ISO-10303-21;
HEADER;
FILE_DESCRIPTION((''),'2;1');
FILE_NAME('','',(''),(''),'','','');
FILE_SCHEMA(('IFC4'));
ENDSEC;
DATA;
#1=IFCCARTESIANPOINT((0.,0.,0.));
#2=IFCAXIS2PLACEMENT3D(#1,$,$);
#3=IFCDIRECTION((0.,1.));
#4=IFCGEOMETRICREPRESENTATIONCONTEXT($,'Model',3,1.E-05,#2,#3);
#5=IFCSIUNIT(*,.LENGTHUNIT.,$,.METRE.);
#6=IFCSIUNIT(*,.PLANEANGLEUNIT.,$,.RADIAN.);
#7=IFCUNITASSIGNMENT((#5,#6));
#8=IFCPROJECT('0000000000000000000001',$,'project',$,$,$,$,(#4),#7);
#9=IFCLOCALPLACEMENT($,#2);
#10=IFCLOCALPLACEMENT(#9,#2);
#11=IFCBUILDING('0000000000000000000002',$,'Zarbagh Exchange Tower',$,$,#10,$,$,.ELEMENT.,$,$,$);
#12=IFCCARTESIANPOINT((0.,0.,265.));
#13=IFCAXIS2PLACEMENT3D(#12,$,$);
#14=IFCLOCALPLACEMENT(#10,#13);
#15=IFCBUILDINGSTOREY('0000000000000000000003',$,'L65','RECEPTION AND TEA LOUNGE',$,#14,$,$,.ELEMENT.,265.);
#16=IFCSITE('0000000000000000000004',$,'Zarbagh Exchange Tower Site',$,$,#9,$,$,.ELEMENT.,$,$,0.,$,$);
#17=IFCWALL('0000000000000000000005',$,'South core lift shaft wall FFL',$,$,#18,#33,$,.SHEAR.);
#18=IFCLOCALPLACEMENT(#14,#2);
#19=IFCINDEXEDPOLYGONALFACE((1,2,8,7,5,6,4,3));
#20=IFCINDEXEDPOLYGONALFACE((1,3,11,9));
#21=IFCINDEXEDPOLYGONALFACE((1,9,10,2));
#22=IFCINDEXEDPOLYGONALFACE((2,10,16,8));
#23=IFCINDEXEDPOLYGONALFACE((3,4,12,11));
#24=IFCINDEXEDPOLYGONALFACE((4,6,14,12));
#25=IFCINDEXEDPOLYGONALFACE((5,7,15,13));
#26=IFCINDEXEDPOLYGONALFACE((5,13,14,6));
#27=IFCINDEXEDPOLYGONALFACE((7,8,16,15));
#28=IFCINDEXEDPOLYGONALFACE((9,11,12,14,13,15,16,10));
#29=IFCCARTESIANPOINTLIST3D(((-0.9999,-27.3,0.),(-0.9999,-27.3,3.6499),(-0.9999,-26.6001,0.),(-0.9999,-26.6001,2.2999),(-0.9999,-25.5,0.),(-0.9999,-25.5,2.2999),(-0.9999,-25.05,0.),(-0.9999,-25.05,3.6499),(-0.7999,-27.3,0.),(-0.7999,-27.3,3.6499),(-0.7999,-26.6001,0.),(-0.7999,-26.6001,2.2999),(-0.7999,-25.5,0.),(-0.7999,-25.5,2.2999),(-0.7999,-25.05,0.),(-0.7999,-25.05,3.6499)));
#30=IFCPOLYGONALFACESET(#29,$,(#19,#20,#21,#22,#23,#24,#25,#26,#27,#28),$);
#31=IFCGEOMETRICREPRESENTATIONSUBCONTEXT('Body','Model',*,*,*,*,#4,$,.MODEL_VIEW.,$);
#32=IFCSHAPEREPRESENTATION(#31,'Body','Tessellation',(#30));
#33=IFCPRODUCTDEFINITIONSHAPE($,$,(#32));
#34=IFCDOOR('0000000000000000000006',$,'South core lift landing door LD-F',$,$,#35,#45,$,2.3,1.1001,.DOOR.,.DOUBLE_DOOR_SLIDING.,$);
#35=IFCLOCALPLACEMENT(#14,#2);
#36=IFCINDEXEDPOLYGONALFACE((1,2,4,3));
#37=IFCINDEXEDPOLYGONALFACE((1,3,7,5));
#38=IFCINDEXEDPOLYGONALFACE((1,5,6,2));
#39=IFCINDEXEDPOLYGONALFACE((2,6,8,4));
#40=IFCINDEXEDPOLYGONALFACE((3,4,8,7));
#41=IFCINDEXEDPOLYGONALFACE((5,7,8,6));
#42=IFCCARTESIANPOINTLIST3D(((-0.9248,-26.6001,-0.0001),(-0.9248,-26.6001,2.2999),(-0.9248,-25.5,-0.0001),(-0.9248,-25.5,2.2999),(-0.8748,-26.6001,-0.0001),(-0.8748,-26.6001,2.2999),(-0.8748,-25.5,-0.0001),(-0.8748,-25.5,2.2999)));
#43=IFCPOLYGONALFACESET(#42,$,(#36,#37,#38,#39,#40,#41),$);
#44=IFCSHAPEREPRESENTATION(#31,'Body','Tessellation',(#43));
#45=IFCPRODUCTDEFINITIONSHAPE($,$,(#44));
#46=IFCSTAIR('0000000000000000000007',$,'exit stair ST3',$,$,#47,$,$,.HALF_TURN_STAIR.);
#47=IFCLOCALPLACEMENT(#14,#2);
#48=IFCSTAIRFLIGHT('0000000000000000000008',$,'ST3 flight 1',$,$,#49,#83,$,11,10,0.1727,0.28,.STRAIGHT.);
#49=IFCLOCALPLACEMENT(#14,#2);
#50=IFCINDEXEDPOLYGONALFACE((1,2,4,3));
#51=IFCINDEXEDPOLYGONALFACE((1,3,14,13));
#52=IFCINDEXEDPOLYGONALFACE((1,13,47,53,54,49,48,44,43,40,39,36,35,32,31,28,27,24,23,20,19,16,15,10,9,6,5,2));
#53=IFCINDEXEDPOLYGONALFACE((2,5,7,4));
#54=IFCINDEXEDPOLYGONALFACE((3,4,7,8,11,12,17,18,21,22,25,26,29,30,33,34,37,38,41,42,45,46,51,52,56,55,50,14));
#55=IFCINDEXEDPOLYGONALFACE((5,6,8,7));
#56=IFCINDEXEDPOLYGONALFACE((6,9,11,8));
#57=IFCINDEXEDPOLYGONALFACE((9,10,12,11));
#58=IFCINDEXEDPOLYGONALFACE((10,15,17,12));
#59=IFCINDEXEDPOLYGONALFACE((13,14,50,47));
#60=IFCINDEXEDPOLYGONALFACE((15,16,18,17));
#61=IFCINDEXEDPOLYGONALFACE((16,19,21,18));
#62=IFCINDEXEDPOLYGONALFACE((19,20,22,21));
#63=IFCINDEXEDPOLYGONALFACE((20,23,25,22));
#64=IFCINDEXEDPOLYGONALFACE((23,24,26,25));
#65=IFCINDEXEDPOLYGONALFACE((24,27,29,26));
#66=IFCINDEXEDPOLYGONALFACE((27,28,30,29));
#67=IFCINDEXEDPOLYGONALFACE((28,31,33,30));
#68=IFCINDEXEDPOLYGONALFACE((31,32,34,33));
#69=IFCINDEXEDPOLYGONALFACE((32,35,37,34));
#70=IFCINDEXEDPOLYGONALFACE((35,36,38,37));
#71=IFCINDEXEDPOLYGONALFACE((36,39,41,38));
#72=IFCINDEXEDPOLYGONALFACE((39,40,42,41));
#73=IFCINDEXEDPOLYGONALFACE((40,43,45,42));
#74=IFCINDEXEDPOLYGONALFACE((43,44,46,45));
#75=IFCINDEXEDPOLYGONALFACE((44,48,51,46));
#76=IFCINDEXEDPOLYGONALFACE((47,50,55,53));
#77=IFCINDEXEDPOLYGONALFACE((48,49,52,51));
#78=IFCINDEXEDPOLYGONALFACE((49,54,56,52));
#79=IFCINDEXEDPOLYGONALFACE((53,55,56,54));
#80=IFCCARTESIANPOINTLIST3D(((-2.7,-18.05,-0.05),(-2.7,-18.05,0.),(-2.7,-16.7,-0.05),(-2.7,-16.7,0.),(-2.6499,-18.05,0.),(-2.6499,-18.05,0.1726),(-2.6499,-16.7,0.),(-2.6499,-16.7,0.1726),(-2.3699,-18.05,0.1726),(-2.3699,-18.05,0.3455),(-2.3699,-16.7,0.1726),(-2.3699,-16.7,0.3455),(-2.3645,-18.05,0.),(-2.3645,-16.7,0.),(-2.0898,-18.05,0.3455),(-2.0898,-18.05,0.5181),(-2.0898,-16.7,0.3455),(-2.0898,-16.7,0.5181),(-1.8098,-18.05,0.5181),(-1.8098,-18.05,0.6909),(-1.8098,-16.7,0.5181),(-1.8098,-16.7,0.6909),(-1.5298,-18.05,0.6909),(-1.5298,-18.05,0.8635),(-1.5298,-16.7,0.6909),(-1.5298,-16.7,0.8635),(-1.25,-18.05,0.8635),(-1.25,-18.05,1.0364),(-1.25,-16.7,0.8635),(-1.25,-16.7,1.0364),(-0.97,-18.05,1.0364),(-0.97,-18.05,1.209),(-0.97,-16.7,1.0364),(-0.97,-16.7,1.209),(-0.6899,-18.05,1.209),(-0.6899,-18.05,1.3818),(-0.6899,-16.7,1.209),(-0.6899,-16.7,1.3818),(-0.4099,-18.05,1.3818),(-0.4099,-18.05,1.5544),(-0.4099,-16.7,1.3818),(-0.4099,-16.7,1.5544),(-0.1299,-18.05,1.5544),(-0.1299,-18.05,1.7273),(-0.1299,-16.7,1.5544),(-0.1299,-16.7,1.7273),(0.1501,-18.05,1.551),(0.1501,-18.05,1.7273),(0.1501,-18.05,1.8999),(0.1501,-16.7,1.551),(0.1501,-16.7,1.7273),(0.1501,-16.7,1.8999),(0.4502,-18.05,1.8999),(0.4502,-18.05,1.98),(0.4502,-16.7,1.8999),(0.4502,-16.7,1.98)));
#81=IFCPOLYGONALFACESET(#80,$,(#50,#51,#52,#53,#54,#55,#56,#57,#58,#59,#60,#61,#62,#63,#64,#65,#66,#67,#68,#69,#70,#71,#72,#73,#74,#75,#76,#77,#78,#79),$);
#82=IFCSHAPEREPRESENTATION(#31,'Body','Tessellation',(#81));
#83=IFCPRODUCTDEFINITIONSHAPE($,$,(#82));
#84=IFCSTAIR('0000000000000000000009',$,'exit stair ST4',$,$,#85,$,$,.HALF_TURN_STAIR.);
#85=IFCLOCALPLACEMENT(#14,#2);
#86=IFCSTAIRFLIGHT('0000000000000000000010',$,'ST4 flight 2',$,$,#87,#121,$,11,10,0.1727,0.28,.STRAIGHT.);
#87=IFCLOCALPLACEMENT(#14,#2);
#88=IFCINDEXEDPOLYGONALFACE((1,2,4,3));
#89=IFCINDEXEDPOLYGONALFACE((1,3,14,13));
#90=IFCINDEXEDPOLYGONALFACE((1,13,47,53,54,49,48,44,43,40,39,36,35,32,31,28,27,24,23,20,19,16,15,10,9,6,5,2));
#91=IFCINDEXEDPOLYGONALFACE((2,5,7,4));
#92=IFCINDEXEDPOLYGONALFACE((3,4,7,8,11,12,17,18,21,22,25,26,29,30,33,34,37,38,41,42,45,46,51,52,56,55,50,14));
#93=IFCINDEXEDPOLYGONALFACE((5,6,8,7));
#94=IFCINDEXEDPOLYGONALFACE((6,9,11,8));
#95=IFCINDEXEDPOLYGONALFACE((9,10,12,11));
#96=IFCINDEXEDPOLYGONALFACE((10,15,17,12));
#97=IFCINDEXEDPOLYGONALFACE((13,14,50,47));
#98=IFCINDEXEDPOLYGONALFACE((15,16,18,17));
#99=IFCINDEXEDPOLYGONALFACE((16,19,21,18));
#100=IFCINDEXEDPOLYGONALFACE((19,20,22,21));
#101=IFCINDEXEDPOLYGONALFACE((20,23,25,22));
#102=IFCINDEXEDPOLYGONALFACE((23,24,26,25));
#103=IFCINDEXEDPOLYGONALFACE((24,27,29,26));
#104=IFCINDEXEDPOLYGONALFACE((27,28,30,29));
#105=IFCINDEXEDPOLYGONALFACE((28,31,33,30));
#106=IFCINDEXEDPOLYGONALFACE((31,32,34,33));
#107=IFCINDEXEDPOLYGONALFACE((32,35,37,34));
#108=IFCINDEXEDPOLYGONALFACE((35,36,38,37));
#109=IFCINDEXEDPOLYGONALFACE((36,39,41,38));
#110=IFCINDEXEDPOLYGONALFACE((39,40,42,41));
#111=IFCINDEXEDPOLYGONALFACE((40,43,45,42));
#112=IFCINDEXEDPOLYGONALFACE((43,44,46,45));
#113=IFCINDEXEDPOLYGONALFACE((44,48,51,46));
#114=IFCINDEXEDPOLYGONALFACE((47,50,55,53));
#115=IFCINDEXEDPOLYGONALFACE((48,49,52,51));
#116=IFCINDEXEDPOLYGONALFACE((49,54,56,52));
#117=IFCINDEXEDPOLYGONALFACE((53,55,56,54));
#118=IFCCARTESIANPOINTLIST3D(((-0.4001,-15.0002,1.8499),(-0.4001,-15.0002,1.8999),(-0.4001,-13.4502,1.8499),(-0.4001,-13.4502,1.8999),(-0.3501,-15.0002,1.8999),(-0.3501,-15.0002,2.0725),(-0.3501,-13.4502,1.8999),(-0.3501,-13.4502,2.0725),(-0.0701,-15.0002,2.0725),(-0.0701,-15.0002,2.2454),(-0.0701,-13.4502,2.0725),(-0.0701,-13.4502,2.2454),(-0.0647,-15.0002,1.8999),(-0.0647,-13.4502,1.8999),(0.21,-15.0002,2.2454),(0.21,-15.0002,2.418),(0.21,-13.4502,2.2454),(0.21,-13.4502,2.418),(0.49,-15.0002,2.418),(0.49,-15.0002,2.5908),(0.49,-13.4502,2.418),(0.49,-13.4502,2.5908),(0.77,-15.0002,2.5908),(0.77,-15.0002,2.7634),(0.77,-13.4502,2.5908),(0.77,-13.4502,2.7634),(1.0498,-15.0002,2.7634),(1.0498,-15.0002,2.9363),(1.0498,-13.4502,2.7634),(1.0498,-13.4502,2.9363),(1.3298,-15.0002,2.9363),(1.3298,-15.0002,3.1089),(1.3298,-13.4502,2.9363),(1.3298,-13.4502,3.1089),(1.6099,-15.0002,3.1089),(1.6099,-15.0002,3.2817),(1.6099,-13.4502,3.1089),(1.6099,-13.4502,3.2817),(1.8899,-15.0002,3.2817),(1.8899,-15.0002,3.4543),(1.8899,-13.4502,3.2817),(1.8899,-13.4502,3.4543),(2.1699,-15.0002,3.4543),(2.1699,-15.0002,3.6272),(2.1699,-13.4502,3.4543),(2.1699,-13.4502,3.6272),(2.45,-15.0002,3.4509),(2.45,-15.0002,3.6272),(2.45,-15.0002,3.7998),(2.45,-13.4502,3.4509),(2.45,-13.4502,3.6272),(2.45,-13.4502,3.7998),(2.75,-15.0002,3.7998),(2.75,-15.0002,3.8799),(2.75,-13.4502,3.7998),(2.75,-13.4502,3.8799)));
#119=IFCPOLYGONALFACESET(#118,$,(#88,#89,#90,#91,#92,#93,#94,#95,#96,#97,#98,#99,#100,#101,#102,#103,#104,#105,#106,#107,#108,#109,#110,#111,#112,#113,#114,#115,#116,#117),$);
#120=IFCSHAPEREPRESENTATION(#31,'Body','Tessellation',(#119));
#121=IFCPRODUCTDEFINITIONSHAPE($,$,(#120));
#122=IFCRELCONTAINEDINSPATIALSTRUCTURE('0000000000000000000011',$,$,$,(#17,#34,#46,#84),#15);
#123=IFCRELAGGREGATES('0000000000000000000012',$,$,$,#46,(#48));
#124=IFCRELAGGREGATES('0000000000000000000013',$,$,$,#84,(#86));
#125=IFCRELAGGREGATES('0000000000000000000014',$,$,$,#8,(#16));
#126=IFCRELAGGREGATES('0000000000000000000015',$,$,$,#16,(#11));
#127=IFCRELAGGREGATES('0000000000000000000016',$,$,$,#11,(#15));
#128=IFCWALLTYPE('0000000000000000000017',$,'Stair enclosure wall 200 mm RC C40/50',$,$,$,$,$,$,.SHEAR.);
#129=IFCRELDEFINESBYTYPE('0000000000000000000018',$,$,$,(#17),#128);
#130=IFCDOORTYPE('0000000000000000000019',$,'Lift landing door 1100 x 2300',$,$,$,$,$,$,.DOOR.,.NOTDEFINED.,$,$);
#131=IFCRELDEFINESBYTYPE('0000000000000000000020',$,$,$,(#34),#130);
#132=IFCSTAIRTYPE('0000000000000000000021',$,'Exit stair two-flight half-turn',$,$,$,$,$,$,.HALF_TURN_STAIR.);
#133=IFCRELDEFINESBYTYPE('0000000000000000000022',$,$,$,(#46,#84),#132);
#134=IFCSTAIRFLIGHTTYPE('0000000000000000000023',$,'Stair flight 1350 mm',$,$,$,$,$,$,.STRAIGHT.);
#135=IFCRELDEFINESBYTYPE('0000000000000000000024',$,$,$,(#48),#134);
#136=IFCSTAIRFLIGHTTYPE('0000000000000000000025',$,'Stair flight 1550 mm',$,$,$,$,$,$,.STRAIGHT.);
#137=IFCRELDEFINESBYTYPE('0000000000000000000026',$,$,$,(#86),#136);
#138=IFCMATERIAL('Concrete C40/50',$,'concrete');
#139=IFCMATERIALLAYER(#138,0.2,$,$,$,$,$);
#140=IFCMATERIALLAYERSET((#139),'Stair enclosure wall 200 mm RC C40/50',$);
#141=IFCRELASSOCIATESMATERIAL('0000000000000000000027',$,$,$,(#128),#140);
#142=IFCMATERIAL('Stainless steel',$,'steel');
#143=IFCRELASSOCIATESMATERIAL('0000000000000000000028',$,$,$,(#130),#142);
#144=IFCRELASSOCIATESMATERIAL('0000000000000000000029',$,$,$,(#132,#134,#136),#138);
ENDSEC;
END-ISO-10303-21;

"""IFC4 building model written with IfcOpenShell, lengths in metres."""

from ifc_helpers import new_model, si_unit, direction, frame, frame_2d, origin, place, context, subcontext, project, spatial, polyline, rectangle, outline, extrude, material, layer, layer_set, type_object, element, fill, aggregate, save


model = new_model("IFC4")

# Units and contexts
model_context = context("Model", 3, precision=1e-05, world=origin(), true_north=direction((0.0, 1.0)))
body_context = subcontext(model_context, "Body", "Model", "MODEL_VIEW")
ifc_project = project(units=[si_unit("LENGTHUNIT", "METRE"), si_unit("PLANEANGLEUNIT", "RADIAN")], contexts=[model_context])

# Site, building, storey
site_placement = place(None, origin())
site = spatial("IfcSite", under=ifc_project, at=site_placement, Name="Zarbagh Exchange Tower Site", CompositionType="ELEMENT", RefElevation=0.0)
building_placement = place(site_placement, origin())
building = spatial("IfcBuilding", under=site, at=building_placement, Name="Zarbagh Exchange Tower", CompositionType="ELEMENT")
storey_placement = place(building_placement, frame((0.0, 0.0, 265.0)))
storey = spatial("IfcBuildingStorey", under=building, at=storey_placement, Name="L65", Description="RECEPTION AND TEA LOUNGE", CompositionType="ELEMENT", Elevation=265.0)

# Shared definitions
ifc_material_1 = material(Name="Concrete C40/50", Category="concrete")

# Wall, opening, door
ifc_layer_1 = layer(ifc_material_1, 0.2)
ifc_layer_set_1 = layer_set([ifc_layer_1], Name="Stair enclosure wall 200 mm RC C40/50")
wall_type_1 = type_object("IfcWallType", Name="Stair enclosure wall 200 mm RC C40/50", PredefinedType="SHEAR", material=ifc_layer_set_1)
wall_1_placement = place(storey_placement, frame((-0.8999, -27.3, 0.0), z_axis=(0.0, 0.0, 1.0), x_axis=(0.0, 1.0, 0.0)))
wall_1 = element("IfcWall", 1, at=wall_1_placement, inside=storey, type_object=wall_type_1, Name="South core lift shaft wall FFL", PredefinedType="SHEAR", context=body_context, shape_type="SweptSolid", body=[
    extrude(rectangle(XDim=2.25, YDim=0.2, at=frame_2d((1.125, 0.0))), origin(), (0.0, 0.0, 1.0), 3.6499),
])
opening_1_placement = place(wall_1_placement, frame((0.7, 0.0, 0.0)))
opening_1 = element("IfcOpeningElement", 2, at=opening_1_placement, cuts=wall_1, PredefinedType="OPENING", context=body_context, shape_type="SweptSolid", body=[
    extrude(rectangle(XDim=1.1001, YDim=2.3, at=frame_2d((0.55, 1.1499))), frame((0.0, 0.1099, 0.0), z_axis=(0.0, -1.0, 0.0), x_axis=(1.0, 0.0, 0.0)), (0.0, 0.0, 1.0), 0.22),
])
ifc_material_2 = material(Name="Stainless steel", Category="steel")
door_type_1 = type_object("IfcDoorType", Name="Lift landing door 1100 x 2300", OperationType="NOTDEFINED", PredefinedType="DOOR", material=ifc_material_2)
door_1_placement = place(opening_1_placement, origin())
door_1 = element("IfcDoor", 3, at=door_1_placement, inside=storey, type_object=door_type_1, Name="South core lift landing door LD-F", OperationType="DOUBLE_DOOR_SLIDING", OverallHeight=2.3, OverallWidth=1.1001, PredefinedType="DOOR", context=body_context, shape_type="SweptSolid", body=[
    extrude(rectangle(XDim=1.1001, YDim=2.3, at=frame_2d((0.55, 1.1499))), frame((0.0, 0.0249, 0.0), z_axis=(0.0, -1.0, 0.0), x_axis=(1.0, 0.0, 0.0)), (0.0, 0.0, 1.0), 0.05),
])
fill(opening_1, door_1)

# Stairs, stair flights
stair_type = type_object("IfcStairType", Name="Exit stair two-flight half-turn", PredefinedType="HALF_TURN_STAIR", material=ifc_material_1)
stair_1_placement = place(storey_placement, origin())
stair_1 = element("IfcStair", 4, at=stair_1_placement, inside=storey, type_object=stair_type, Name="exit stair ST3", PredefinedType="HALF_TURN_STAIR")
stair_flight_type_1 = type_object("IfcStairFlightType", Name="Stair flight 1350 mm", PredefinedType="STRAIGHT", material=ifc_material_1)
stair_flight_1_placement = place(storey_placement, frame((-2.6499, -17.375, 0.0), z_axis=(0.0, 0.0, 1.0), x_axis=(1.0, 0.0, 0.0)))
stair_flight_1 = element("IfcStairFlight", 5, at=stair_flight_1_placement, type_object=stair_flight_type_1, Name="ST3 flight 1", NumberOfRisers=11, NumberOfTreads=10, PredefinedType="STRAIGHT", RiserHeight=0.1727, TreadLength=0.28, context=body_context, shape_type="SweptSolid", body=[
    extrude(outline(polyline([(-0.05, -0.05), (-0.05, 0.0), (0.0, 0.0), (0.0, 0.1726), (0.28, 0.1726), (0.28, 0.3455), (0.5601, 0.3455), (0.5601, 0.5181), (0.8401, 0.5181), (0.8401, 0.6909), (1.1201, 0.6909), (1.1201, 0.8635), (1.3999, 0.8635), (1.3999, 1.0364), (1.6799, 1.0364), (1.6799, 1.209), (1.96, 1.209), (1.96, 1.3818), (2.24, 1.3818), (2.24, 1.5544), (2.52, 1.5544), (2.52, 1.7273), (2.8, 1.7273), (2.8, 1.8999), (3.1001, 1.98), (3.1001, 1.8999), (2.8, 1.551), (0.2854, 0.0), (-0.05, -0.05)])), frame((0.0, 0.675, 0.0), z_axis=(0.0, -1.0, 0.0), x_axis=(1.0, 0.0, 0.0)), (0.0, 0.0, 1.0), 1.3501),
])
aggregate(stair_1, [stair_flight_1])
stair_2_placement = place(storey_placement, origin())
stair_2 = element("IfcStair", 6, at=stair_2_placement, inside=storey, type_object=stair_type, Name="exit stair ST4", PredefinedType="HALF_TURN_STAIR")
stair_flight_type_2 = type_object("IfcStairFlightType", Name="Stair flight 1550 mm", PredefinedType="STRAIGHT", material=ifc_material_1)
stair_flight_2_placement = place(storey_placement, frame((-0.3501, -14.2251, 1.8999), z_axis=(0.0, 0.0, 1.0), x_axis=(1.0, 0.0, 0.0)))
stair_flight_2 = element("IfcStairFlight", 7, at=stair_flight_2_placement, type_object=stair_flight_type_2, Name="ST4 flight 2", NumberOfRisers=11, NumberOfTreads=10, PredefinedType="STRAIGHT", RiserHeight=0.1727, TreadLength=0.28, context=body_context, shape_type="SweptSolid", body=[
    extrude(outline(polyline([(-0.05, -0.05), (-0.05, 0.0), (0.0, 0.0), (0.0, 0.1726), (0.28, 0.1726), (0.28, 0.3455), (0.5601, 0.3455), (0.5601, 0.5181), (0.8401, 0.5181), (0.8401, 0.6909), (1.1201, 0.6909), (1.1201, 0.8635), (1.3999, 0.8635), (1.3999, 1.0364), (1.6799, 1.0364), (1.6799, 1.209), (1.96, 1.209), (1.96, 1.3818), (2.24, 1.3818), (2.24, 1.5544), (2.52, 1.5544), (2.52, 1.7273), (2.8, 1.7273), (2.8, 1.8999), (3.1001, 1.98), (3.1001, 1.8999), (2.8, 1.551), (0.2854, 0.0), (-0.05, -0.05)])), frame((0.0, 0.7749, 0.0), z_axis=(0.0, -1.0, 0.0), x_axis=(1.0, 0.0, 0.0)), (0.0, 0.0, 1.0), 1.55),
])
aggregate(stair_2, [stair_flight_2])

save(model, "model.ifc")
